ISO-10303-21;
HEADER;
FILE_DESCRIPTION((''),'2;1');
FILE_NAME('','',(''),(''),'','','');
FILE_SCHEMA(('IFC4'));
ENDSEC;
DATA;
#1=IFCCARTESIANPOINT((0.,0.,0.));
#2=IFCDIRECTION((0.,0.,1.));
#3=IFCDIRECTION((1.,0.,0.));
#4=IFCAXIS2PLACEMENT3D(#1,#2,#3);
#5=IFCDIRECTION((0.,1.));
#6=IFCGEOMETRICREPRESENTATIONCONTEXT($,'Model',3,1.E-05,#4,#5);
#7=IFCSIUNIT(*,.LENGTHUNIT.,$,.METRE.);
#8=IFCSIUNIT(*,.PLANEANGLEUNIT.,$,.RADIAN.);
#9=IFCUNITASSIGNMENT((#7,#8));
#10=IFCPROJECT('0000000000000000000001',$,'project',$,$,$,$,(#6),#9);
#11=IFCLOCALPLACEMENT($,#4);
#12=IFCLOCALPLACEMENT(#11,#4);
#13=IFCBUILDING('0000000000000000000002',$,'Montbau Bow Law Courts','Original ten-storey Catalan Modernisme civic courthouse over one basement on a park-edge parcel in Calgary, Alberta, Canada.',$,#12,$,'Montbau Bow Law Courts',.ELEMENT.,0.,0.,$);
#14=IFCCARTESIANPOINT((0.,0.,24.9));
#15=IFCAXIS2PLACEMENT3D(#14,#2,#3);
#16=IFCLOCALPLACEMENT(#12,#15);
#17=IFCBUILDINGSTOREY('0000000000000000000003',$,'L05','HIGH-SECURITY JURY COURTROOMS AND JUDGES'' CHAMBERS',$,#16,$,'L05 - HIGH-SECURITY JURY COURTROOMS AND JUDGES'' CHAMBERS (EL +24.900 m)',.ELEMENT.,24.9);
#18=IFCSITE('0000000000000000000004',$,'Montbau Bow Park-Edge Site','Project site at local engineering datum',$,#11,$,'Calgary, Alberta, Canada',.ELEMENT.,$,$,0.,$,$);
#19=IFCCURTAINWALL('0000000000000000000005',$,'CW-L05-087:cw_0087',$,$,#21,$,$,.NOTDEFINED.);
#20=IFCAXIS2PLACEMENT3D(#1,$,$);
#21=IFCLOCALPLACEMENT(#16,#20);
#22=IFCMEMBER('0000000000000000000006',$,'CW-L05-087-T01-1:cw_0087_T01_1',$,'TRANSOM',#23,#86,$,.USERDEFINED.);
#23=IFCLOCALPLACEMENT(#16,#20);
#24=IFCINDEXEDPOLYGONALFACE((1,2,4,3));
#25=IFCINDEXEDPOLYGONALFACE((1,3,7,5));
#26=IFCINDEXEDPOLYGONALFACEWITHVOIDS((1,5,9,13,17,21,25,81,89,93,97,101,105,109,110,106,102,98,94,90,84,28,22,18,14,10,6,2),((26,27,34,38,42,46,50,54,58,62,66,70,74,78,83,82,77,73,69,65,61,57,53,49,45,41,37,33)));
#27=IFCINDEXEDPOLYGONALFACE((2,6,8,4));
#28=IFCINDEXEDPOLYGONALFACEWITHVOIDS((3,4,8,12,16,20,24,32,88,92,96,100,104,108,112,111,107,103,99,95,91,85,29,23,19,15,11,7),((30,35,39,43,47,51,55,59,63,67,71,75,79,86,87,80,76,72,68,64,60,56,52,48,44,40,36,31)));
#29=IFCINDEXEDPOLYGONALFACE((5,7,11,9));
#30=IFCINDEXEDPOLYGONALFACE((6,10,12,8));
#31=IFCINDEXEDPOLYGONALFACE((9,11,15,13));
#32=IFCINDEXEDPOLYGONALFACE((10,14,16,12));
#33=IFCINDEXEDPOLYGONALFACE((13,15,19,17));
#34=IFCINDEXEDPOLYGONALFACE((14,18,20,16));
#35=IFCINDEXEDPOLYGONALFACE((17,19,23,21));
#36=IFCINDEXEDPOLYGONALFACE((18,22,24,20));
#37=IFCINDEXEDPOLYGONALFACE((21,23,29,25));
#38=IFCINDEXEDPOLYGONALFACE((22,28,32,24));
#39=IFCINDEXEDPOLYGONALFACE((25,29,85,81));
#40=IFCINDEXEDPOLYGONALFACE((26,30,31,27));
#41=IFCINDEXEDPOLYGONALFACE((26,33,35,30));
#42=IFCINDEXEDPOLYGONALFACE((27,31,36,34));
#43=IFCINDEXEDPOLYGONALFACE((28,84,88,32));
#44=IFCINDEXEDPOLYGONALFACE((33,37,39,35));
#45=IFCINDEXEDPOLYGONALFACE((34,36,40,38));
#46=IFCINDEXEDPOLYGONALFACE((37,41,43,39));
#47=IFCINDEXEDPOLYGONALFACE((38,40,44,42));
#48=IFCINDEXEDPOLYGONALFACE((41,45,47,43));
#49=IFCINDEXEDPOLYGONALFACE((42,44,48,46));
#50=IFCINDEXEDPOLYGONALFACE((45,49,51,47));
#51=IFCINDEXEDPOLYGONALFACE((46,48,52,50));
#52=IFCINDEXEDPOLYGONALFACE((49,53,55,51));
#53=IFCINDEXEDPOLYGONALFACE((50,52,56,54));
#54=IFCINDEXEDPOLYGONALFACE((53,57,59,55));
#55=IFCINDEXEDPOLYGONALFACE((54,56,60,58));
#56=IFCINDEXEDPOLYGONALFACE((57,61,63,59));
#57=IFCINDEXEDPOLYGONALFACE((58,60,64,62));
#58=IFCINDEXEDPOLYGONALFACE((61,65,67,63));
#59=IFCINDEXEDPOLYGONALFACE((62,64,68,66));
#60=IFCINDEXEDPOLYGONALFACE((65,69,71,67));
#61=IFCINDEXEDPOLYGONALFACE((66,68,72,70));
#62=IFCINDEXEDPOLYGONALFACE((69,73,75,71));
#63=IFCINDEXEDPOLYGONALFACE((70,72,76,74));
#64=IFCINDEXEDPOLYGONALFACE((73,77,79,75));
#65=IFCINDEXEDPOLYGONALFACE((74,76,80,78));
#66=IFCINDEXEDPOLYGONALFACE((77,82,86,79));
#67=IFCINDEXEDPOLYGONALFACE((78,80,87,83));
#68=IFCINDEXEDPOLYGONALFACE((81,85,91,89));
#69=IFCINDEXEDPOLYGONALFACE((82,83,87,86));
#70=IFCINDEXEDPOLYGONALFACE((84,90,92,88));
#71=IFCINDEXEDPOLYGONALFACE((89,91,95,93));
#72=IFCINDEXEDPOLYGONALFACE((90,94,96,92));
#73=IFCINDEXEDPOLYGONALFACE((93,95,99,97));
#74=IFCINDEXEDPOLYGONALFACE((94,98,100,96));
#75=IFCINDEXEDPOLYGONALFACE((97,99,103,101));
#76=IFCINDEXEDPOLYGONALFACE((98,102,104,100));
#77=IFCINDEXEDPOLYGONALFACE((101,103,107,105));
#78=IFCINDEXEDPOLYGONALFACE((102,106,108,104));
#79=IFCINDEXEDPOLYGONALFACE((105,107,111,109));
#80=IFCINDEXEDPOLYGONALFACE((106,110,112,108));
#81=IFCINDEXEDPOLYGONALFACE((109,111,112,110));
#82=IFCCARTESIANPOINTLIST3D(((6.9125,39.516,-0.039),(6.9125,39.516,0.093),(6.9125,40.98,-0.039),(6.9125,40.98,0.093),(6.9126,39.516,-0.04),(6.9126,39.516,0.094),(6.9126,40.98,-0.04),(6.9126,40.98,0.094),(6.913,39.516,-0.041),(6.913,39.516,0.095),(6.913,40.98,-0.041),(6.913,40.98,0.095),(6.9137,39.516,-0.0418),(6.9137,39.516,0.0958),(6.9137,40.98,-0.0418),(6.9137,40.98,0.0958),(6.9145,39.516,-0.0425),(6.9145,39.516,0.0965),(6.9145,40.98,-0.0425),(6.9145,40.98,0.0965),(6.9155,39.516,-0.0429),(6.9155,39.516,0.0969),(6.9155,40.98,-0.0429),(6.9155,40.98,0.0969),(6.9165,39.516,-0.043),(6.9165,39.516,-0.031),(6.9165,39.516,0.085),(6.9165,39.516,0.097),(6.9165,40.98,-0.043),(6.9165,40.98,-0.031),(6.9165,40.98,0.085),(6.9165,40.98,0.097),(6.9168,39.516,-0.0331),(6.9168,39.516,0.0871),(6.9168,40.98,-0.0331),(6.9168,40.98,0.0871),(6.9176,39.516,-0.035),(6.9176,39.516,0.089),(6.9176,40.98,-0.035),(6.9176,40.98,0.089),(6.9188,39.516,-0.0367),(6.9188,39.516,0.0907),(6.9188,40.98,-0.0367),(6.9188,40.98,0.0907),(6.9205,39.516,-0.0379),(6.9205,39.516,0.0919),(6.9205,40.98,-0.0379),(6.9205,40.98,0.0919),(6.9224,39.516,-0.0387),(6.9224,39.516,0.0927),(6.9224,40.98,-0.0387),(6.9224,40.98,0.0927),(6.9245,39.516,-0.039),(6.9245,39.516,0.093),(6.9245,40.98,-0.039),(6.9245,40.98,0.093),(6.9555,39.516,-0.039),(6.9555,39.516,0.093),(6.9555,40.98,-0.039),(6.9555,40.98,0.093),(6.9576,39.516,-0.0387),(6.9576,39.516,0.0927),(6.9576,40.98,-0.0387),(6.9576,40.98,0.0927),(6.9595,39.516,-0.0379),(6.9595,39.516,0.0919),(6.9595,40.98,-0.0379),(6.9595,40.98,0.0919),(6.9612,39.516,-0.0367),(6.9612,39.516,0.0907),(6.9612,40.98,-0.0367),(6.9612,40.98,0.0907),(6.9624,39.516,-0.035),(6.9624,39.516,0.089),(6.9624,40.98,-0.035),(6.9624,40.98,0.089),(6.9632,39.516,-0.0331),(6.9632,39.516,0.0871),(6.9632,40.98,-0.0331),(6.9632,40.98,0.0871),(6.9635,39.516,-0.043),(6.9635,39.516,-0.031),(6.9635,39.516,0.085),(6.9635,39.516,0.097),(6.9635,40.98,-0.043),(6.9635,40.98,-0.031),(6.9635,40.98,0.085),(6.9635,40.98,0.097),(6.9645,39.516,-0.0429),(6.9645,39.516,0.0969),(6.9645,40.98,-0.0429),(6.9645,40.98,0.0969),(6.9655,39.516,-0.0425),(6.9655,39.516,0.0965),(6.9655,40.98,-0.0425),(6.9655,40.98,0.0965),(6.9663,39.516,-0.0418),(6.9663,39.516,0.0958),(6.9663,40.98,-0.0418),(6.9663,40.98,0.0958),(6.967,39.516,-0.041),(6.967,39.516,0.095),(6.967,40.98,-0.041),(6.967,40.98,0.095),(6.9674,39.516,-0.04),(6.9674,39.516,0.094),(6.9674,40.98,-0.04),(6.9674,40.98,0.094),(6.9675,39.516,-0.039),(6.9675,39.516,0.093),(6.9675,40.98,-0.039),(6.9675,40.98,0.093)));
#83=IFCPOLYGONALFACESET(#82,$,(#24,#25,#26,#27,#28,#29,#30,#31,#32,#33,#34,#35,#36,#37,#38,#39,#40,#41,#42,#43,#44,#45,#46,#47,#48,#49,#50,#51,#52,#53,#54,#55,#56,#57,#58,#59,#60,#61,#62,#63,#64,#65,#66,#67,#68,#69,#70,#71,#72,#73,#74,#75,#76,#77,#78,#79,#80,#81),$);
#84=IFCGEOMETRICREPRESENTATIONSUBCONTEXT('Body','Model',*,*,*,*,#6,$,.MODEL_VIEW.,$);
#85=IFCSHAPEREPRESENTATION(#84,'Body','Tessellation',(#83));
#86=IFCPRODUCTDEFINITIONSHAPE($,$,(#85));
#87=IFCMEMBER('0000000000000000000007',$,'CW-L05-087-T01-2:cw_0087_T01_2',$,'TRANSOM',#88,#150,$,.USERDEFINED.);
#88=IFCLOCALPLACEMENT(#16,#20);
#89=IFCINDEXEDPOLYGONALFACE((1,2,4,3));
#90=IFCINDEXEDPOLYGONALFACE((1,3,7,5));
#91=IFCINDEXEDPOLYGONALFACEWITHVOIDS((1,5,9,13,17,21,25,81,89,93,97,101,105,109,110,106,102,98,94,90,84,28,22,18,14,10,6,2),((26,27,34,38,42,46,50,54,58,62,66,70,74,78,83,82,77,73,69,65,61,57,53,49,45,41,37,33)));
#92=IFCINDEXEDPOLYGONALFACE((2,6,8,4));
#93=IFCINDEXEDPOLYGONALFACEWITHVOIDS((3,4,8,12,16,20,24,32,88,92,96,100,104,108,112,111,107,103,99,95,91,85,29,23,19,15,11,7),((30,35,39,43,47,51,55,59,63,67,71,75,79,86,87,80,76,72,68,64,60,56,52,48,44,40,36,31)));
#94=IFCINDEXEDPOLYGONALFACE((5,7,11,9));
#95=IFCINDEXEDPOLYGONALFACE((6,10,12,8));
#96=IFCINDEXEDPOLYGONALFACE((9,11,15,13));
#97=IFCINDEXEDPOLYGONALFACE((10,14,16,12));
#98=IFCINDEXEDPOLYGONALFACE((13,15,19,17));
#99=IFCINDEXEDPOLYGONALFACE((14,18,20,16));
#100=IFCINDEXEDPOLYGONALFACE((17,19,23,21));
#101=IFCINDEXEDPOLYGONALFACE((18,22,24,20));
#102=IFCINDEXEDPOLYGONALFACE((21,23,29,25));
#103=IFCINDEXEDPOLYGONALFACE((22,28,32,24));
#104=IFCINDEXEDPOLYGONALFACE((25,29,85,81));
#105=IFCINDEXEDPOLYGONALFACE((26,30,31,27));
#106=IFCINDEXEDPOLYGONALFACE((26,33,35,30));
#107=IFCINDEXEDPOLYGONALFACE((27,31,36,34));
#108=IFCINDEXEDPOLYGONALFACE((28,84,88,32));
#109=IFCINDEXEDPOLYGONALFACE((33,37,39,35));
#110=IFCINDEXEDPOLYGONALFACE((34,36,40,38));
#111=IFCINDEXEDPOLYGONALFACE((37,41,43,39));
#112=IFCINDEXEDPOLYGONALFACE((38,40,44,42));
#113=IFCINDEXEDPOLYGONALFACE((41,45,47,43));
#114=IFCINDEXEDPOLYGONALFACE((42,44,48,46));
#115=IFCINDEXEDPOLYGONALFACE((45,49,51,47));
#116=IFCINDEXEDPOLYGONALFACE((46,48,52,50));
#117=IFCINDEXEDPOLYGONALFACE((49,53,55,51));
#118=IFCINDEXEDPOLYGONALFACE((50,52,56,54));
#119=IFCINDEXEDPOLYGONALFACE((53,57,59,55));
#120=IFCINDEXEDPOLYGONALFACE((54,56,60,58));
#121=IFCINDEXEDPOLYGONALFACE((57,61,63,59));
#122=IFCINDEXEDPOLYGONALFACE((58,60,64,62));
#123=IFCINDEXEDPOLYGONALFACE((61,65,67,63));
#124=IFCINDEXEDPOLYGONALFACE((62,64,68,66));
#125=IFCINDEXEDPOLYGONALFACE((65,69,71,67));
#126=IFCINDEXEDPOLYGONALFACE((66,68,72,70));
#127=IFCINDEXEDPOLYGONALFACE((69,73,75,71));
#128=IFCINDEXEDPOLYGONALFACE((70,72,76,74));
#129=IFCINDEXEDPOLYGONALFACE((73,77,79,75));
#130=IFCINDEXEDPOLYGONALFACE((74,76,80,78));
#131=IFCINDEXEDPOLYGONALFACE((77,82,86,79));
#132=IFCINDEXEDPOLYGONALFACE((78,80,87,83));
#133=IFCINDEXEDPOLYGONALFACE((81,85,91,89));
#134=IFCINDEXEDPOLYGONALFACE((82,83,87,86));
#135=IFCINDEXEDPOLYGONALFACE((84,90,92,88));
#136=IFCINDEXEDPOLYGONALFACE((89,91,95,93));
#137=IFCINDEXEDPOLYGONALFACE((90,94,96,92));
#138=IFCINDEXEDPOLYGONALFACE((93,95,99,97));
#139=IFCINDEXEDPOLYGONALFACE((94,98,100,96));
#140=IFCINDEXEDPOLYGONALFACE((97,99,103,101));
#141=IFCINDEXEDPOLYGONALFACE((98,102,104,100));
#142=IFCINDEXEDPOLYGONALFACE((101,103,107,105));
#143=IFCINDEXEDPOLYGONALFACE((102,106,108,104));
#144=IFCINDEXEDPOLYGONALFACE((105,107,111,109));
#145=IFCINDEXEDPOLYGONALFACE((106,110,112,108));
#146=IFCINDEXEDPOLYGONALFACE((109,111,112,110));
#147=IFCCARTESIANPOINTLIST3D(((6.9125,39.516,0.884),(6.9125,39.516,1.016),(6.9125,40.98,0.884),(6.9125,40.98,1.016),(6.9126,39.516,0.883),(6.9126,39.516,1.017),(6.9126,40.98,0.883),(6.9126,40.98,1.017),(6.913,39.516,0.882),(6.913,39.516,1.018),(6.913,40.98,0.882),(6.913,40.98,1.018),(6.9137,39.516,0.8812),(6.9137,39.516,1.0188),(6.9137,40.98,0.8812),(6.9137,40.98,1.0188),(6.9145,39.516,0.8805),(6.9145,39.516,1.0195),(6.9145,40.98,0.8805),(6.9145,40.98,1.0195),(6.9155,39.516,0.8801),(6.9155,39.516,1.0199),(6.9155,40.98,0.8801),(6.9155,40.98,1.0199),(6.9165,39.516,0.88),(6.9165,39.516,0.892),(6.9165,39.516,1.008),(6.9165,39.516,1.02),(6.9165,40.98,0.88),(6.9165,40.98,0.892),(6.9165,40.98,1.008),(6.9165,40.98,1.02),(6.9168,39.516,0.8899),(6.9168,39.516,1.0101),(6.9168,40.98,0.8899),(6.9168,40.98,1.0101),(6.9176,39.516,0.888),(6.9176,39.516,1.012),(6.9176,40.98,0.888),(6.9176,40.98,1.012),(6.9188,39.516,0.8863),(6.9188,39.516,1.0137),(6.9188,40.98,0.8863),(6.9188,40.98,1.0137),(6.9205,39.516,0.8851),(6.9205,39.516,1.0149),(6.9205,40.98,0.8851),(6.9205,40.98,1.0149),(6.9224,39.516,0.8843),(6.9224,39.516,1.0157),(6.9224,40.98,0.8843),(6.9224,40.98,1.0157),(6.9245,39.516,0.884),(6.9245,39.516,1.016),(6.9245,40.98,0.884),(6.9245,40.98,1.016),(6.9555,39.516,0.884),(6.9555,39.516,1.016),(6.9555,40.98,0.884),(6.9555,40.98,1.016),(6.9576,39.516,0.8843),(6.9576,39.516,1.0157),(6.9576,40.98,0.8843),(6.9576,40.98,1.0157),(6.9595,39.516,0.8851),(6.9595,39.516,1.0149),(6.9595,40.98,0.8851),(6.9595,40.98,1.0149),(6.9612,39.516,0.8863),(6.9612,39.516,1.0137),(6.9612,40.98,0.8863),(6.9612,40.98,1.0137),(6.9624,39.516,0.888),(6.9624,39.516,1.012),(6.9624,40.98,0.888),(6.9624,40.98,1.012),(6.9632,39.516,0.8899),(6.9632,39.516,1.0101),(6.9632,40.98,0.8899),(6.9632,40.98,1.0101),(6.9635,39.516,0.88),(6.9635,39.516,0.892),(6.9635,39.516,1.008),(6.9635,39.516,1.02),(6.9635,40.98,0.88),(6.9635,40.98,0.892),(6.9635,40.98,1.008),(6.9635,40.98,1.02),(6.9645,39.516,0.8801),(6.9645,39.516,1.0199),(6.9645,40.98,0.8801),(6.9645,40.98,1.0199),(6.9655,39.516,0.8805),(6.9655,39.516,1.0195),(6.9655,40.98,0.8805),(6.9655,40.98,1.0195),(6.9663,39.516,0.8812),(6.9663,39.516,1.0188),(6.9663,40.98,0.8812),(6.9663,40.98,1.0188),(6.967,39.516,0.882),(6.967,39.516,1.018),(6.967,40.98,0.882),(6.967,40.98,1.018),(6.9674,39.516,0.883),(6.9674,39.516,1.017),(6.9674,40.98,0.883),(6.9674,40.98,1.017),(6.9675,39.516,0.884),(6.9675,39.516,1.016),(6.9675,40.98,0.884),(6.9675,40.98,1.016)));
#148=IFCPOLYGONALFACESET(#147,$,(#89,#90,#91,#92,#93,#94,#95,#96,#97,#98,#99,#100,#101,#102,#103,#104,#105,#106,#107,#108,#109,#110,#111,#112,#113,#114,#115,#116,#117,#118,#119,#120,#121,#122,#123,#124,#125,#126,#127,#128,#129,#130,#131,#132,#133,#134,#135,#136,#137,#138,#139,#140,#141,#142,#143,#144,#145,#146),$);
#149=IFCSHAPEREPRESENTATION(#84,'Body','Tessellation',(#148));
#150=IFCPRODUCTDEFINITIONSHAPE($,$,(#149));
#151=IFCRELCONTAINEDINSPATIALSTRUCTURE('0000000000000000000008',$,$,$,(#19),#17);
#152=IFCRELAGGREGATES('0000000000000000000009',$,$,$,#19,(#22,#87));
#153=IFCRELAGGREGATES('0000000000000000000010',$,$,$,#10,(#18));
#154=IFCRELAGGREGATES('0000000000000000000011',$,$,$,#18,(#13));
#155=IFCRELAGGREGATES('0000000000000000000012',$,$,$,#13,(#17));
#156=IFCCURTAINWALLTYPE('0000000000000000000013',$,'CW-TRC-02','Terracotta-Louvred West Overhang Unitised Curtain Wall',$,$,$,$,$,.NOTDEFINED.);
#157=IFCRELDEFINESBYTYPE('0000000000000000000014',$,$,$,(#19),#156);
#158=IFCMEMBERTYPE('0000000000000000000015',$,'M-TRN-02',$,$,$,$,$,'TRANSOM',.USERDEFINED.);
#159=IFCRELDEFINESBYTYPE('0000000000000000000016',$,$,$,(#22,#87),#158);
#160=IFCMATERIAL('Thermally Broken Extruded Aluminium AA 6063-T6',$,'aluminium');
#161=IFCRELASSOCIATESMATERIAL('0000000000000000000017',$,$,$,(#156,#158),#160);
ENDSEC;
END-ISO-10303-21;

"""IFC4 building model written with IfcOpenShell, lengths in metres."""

from ifc_helpers import new_model, si_unit, direction, frame, origin_with_axes, origin_2d_with_axis, place, context, subcontext, project, spatial, hollow_rectangle, extrude, material, material_profile, profile_set, type_object, element, aggregate, save


model = new_model("IFC4")

# Units and contexts
model_context = context("Model", 3, precision=1e-05, world=origin_with_axes(), true_north=direction((0.0, 1.0)))
body_context = subcontext(model_context, "Body", "Model", "MODEL_VIEW")
ifc_project = project(units=[si_unit("LENGTHUNIT", "METRE"), si_unit("PLANEANGLEUNIT", "RADIAN")], contexts=[model_context])

# Site, building, storey
site_placement = place(None, origin_with_axes())
site = spatial("IfcSite", under=ifc_project, at=site_placement, Name="Montbau Bow Park-Edge Site", Description="Project site at local engineering datum", LongName="Calgary, Alberta, Canada", CompositionType="ELEMENT", RefElevation=0.0)
building_placement = place(site_placement, origin_with_axes())
building = spatial("IfcBuilding", under=site, at=building_placement, Name="Montbau Bow Law Courts", Description="Original ten-storey Catalan Modernisme civic courthouse over one basement on a park-edge parcel in Calgary, Alberta, Canada.", LongName="Montbau Bow Law Courts", CompositionType="ELEMENT", ElevationOfRefHeight=0.0, ElevationOfTerrain=0.0)
storey_placement = place(building_placement, frame((0.0, 0.0, 24.9), z_axis=(0.0, 0.0, 1.0), x_axis=(1.0, 0.0, 0.0)))
storey = spatial("IfcBuildingStorey", under=building, at=storey_placement, Name="L05", Description="HIGH-SECURITY JURY COURTROOMS AND JUDGES' CHAMBERS", LongName="L05 - HIGH-SECURITY JURY COURTROOMS AND JUDGES' CHAMBERS (EL +24.900 m)", CompositionType="ELEMENT", Elevation=24.9)

# Curtain wall
ifc_material_1 = material(Name="Thermally Broken Extruded Aluminium AA 6063-T6", Category="aluminium")
curtain_wall_type = type_object("IfcCurtainWallType", Name="CW-TRC-02", Description="Terracotta-Louvred West Overhang Unitised Curtain Wall", PredefinedType="NOTDEFINED", material=ifc_material_1)
curtain_wall_1_placement = place(None, frame((6.94, 39.44, 24.9), z_axis=(0.0, 0.0, 1.0), x_axis=(1.0, 0.0, 0.0)))
curtain_wall_1 = element("IfcCurtainWall", 1, at=curtain_wall_1_placement, inside=storey, type_object=curtain_wall_type, Name="CW-L05-087:cw_0087", PredefinedType="NOTDEFINED")

# Shared definitions
ifc_material_profile_1 = material_profile(ifc_material_1, hollow_rectangle(XDim=0.055, YDim=0.14, WallThickness=0.004, InnerFilletRadius=0.008, OuterFilletRadius=0.004, at=origin_2d_with_axis()), Name="CWT-140X55", Category="Main", Priority=0)
ifc_profile_set_1 = profile_set([ifc_material_profile_1], Name="Thermally Broken Extruded Aluminium AA 6063-T6")
member_type_1 = type_object("IfcMemberType", Name="M-TRN-02", ElementType="TRANSOM", PredefinedType="USERDEFINED", material=ifc_profile_set_1)

# Members
member_1_placement = place(None, frame((6.94, 39.516, 24.927), z_axis=(0.0, 1.0, 0.0), x_axis=(-1.0, 0.0, 0.0)))
member_1 = element("IfcMember", 2, at=member_1_placement, type_object=member_type_1, Name="CW-L05-087-T01-1:cw_0087_T01_1", ObjectType="TRANSOM", PredefinedType="USERDEFINED", context=body_context, shape_type="SweptSolid", body=[
    extrude(hollow_rectangle(XDim=0.055, YDim=0.14, WallThickness=0.004, InnerFilletRadius=0.008, OuterFilletRadius=0.004, at=origin_2d_with_axis()), origin_with_axes(), (0.0, 0.0, 1.0), 1.464),
])
member_2_placement = place(None, frame((6.94, 39.516, 25.85), z_axis=(0.0, 1.0, 0.0), x_axis=(-1.0, 0.0, 0.0)))
member_2 = element("IfcMember", 3, at=member_2_placement, type_object=member_type_1, Name="CW-L05-087-T01-2:cw_0087_T01_2", ObjectType="TRANSOM", PredefinedType="USERDEFINED", context=body_context, shape_type="SweptSolid", body=[
    extrude(hollow_rectangle(XDim=0.055, YDim=0.14, WallThickness=0.004, InnerFilletRadius=0.008, OuterFilletRadius=0.004, at=origin_2d_with_axis()), origin_with_axes(), (0.0, 0.0, 1.0), 1.464),
])

aggregate(curtain_wall_1, [member_1, member_2])

save(model, "model.ifc")
